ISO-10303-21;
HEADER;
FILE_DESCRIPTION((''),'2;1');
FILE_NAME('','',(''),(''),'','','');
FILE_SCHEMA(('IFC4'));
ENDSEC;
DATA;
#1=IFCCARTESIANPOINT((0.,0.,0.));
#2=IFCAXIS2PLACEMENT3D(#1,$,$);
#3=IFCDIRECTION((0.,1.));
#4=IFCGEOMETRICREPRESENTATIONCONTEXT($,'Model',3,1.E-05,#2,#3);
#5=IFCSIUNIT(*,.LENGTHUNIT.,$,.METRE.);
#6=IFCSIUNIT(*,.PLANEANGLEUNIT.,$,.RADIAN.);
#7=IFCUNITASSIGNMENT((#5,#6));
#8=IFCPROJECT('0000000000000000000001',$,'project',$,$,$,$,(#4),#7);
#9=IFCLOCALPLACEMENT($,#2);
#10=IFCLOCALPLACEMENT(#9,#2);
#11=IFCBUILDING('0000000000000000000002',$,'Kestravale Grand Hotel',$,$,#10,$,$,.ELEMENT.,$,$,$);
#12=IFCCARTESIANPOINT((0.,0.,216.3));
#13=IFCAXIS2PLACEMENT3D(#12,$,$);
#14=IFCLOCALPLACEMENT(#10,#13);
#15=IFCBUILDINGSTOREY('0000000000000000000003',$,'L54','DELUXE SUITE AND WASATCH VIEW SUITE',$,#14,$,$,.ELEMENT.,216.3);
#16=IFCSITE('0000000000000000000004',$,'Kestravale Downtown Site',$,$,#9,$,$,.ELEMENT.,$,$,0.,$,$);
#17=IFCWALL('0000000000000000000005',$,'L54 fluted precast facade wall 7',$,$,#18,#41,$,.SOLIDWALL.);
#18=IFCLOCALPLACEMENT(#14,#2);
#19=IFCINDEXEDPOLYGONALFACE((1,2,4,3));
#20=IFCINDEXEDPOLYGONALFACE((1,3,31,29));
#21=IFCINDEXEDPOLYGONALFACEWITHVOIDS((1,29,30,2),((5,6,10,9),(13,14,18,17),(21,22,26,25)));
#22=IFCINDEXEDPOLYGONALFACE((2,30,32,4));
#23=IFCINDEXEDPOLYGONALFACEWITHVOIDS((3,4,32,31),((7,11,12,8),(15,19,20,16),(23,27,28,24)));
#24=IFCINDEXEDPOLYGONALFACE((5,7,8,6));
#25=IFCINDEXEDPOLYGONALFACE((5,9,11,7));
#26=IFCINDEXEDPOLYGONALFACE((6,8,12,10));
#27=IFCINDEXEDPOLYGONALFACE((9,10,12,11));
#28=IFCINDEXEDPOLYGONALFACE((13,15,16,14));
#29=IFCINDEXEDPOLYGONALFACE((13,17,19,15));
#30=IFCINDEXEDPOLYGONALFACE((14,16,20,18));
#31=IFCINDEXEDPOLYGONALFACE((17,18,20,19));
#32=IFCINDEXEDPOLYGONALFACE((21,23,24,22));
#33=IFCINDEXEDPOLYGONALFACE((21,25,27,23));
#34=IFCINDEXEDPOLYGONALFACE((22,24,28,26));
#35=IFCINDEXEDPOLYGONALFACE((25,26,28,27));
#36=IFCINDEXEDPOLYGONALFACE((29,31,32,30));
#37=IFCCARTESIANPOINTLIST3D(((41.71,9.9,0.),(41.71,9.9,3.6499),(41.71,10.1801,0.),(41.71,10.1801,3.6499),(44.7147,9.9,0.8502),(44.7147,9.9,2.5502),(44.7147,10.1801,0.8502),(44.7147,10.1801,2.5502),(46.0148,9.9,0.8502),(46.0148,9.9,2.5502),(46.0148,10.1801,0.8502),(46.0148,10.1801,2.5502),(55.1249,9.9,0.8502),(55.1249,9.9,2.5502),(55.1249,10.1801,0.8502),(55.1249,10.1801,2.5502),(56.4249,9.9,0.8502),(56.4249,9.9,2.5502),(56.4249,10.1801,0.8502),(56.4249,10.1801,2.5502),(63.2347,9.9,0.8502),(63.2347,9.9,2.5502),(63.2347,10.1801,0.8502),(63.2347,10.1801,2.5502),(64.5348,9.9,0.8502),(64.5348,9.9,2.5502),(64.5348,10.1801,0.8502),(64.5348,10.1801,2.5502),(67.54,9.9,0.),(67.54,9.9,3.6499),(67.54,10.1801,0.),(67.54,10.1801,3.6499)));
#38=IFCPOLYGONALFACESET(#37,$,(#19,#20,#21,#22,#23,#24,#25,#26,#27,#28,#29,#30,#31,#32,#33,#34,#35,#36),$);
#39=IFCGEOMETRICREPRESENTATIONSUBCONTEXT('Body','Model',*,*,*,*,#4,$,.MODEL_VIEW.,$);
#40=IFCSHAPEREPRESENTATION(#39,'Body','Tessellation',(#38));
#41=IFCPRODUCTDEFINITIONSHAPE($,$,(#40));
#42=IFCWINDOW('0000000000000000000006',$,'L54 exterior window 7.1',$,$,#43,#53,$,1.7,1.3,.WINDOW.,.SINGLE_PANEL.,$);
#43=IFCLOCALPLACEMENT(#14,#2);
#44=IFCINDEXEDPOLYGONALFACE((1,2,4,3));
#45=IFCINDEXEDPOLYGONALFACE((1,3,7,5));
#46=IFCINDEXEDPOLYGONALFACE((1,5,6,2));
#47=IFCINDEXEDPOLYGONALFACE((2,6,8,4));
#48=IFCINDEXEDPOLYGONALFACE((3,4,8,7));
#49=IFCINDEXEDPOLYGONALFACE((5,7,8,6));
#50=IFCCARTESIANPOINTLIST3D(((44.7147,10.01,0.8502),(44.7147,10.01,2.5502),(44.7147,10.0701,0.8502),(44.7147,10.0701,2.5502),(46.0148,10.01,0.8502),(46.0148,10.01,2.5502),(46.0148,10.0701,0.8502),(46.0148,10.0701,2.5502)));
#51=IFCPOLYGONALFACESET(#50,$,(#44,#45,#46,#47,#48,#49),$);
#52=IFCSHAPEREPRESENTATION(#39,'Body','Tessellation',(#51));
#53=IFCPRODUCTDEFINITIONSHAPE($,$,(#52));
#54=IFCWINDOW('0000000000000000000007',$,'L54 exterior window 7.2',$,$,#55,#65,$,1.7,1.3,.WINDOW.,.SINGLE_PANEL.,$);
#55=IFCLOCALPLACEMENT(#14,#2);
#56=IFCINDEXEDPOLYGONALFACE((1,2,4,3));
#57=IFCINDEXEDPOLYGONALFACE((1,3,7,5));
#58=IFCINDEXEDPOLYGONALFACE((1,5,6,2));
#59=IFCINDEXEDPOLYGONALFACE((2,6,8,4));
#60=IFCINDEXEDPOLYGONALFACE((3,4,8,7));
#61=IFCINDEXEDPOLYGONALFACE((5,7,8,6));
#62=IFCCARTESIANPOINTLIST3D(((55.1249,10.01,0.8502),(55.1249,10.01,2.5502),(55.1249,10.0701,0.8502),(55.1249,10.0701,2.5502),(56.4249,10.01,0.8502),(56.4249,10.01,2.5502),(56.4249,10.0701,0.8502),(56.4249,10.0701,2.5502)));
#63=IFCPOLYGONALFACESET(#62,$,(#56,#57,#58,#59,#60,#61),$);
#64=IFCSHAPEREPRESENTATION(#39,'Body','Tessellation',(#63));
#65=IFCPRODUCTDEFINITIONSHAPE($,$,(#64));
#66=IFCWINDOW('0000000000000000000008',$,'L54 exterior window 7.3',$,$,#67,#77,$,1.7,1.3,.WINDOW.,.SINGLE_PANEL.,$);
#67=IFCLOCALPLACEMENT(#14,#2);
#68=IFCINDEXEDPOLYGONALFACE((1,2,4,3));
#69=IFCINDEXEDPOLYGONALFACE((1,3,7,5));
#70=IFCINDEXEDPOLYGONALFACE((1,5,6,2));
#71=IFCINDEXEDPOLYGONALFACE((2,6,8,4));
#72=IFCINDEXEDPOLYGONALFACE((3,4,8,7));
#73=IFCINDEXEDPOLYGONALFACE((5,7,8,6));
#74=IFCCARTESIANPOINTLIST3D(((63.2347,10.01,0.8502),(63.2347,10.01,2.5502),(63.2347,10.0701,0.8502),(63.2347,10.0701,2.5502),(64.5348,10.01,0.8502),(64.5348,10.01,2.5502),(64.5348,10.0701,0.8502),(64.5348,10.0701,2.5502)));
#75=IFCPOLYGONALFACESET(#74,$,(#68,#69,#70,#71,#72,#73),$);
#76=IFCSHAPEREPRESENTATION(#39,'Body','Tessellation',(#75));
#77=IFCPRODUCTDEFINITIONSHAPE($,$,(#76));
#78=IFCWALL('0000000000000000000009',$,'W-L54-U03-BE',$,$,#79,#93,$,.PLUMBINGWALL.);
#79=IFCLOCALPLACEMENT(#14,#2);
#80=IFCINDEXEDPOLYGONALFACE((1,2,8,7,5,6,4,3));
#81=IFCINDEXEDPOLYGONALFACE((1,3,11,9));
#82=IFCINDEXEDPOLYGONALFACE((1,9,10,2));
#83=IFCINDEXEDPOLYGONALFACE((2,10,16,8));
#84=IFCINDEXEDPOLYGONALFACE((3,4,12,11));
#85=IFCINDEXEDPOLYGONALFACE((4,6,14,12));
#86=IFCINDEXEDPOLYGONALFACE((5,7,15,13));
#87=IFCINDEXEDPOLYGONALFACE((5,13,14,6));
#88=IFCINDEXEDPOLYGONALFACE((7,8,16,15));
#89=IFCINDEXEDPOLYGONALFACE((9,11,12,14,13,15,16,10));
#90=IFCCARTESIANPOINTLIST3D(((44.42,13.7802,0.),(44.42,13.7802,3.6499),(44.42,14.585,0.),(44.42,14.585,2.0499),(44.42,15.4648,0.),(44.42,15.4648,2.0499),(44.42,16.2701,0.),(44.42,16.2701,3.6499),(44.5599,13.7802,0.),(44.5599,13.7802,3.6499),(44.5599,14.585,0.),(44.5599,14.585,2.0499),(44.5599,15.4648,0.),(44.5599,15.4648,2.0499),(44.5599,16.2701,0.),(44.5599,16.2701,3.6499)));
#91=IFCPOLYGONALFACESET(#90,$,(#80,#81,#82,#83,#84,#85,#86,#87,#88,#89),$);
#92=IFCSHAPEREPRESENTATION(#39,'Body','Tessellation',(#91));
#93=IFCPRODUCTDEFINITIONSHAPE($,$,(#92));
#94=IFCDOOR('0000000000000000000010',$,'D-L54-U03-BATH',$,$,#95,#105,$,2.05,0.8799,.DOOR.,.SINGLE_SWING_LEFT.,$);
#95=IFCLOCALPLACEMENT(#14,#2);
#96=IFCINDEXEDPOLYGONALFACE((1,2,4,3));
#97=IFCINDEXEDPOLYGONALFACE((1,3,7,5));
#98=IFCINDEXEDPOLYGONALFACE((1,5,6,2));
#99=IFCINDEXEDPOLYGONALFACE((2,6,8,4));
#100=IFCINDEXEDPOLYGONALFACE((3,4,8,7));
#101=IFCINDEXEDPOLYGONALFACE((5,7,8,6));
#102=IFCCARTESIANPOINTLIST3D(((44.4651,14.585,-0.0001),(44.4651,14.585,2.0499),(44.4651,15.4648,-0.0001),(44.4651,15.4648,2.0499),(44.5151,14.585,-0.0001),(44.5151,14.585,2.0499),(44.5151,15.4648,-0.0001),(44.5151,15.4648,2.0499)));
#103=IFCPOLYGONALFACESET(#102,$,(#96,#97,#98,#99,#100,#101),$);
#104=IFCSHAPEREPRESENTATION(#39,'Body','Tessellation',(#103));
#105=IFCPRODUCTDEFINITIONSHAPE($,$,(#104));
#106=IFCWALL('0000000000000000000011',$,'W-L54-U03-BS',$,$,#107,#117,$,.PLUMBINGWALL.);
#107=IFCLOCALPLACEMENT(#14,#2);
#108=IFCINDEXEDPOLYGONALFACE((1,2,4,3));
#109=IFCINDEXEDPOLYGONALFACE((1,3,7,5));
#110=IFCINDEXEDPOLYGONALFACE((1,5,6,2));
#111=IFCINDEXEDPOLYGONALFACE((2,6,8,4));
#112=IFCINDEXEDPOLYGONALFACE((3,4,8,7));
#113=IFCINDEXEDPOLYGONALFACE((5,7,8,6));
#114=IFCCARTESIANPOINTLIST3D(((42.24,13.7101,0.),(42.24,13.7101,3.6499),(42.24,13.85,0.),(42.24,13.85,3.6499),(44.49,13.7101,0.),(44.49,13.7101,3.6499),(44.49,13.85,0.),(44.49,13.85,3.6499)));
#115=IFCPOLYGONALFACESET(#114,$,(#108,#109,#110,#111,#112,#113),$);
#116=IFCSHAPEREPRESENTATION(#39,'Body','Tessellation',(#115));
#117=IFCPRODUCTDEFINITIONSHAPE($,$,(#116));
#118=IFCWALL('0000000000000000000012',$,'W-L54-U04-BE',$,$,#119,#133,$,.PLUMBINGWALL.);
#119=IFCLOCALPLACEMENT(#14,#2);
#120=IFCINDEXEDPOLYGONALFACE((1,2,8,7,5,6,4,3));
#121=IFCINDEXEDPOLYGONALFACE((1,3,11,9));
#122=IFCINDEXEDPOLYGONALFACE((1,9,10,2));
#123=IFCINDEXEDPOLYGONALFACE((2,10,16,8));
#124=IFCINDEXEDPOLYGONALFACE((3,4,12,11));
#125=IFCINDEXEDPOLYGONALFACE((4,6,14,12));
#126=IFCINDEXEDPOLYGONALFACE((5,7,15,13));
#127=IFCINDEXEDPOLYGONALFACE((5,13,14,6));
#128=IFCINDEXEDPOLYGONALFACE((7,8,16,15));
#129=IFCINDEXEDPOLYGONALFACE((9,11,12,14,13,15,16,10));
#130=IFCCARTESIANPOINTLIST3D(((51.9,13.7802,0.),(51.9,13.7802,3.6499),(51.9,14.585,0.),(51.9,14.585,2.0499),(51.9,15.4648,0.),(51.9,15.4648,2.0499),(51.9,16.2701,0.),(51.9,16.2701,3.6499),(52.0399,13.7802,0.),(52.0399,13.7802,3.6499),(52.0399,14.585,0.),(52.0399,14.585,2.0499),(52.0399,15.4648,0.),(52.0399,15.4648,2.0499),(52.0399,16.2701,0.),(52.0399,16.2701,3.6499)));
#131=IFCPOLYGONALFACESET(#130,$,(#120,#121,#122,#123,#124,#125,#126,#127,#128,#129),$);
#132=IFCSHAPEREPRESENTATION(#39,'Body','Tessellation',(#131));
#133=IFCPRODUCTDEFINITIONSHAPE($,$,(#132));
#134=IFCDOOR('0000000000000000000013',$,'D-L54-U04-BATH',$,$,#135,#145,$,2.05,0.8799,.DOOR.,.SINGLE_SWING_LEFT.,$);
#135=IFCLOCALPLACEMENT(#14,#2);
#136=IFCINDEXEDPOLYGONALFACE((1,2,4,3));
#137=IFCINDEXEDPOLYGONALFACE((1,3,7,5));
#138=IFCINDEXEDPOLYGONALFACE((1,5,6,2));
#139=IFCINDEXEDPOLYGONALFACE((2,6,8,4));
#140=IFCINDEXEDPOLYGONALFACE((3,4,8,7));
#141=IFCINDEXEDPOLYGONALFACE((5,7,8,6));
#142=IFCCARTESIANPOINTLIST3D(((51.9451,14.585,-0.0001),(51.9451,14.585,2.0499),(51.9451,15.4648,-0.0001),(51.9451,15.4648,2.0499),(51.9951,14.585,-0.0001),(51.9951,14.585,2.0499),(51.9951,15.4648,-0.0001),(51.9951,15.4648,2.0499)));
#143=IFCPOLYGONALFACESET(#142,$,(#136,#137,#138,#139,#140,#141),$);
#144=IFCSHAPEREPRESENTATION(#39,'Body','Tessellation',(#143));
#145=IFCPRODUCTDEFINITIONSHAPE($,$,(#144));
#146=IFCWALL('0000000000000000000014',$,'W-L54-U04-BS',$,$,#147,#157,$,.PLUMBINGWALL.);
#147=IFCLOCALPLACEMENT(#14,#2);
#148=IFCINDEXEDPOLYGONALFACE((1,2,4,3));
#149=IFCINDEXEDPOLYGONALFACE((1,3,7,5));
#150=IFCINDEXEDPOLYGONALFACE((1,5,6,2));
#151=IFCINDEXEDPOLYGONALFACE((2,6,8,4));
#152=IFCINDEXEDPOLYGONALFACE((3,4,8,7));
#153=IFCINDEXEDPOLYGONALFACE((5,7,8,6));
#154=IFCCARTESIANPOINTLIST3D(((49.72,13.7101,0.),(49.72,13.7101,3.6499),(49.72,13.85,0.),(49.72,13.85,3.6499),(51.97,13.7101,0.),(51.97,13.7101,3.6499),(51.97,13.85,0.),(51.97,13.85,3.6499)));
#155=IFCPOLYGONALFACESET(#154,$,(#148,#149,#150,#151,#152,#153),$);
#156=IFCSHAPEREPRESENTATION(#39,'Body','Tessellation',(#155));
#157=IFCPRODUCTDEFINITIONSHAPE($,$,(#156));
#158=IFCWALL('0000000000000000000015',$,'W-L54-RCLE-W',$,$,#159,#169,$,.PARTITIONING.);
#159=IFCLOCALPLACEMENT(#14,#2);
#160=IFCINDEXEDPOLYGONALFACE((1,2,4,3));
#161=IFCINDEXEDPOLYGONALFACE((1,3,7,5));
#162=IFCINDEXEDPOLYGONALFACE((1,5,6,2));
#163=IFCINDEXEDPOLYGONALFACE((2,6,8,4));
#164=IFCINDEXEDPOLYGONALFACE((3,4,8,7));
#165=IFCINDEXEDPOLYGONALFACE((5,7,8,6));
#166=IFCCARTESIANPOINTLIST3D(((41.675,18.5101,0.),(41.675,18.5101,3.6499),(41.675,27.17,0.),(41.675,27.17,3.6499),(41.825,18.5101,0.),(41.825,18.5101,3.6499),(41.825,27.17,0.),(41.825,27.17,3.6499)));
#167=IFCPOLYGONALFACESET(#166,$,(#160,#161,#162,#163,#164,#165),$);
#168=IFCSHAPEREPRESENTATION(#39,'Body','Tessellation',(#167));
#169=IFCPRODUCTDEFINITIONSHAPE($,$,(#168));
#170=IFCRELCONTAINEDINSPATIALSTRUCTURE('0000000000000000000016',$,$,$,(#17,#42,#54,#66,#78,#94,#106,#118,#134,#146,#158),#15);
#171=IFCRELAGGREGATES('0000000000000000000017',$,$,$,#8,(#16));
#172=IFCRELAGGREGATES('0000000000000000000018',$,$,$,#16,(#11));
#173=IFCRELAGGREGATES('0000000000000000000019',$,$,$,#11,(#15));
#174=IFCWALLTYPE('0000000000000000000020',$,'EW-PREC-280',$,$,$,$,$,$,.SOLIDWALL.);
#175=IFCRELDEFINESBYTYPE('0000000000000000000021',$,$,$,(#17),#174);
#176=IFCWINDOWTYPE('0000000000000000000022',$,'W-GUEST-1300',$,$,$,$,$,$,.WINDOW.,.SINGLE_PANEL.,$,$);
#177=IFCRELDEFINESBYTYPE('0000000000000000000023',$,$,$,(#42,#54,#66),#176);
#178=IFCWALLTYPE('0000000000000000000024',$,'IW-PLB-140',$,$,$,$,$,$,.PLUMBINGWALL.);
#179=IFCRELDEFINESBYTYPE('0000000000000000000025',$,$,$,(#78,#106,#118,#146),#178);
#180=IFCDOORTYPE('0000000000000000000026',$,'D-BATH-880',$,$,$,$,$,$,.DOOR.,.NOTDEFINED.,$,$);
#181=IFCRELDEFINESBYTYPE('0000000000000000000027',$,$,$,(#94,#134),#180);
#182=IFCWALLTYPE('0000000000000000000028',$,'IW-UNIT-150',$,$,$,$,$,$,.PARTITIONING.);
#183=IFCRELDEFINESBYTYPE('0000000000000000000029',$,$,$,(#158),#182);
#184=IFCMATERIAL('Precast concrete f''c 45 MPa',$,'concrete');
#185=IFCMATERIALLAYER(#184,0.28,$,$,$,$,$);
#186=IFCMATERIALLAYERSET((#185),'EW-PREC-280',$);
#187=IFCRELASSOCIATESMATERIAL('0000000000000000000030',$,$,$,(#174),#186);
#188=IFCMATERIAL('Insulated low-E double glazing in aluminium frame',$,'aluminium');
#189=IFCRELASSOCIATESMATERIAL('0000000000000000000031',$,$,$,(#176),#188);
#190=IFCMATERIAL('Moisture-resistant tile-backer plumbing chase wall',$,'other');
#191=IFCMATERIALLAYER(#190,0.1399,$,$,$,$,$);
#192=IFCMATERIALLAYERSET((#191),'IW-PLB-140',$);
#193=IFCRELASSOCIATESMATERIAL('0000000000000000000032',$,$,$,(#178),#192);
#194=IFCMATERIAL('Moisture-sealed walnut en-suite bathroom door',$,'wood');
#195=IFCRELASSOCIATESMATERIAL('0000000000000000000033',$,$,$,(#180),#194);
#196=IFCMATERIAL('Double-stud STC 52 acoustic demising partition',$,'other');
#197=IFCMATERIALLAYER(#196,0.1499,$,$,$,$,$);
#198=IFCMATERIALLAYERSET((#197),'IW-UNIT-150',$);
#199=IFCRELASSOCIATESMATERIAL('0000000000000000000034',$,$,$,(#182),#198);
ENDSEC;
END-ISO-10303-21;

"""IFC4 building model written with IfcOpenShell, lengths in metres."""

from ifc_helpers import new_model, si_unit, direction, frame, frame_2d, origin, place, context, subcontext, project, spatial, rectangle, extrude, material, layer, layer_set, type_object, element, fill, save


model = new_model("IFC4")

# Units and contexts
model_context = context("Model", 3, precision=1e-05, world=origin(), true_north=direction((0.0, 1.0)))
body_context = subcontext(model_context, "Body", "Model", "MODEL_VIEW")
ifc_project = project(units=[si_unit("LENGTHUNIT", "METRE"), si_unit("PLANEANGLEUNIT", "RADIAN")], contexts=[model_context])

# Site, building, storey
site_placement = place(None, origin())
site = spatial("IfcSite", under=ifc_project, at=site_placement, Name="Kestravale Downtown Site", CompositionType="ELEMENT", RefElevation=0.0)
building_placement = place(site_placement, origin())
building = spatial("IfcBuilding", under=site, at=building_placement, Name="Kestravale Grand Hotel", CompositionType="ELEMENT")
storey_placement = place(building_placement, frame((0.0, 0.0, 216.3)))
storey = spatial("IfcBuildingStorey", under=building, at=storey_placement, Name="L54", Description="DELUXE SUITE AND WASATCH VIEW SUITE", CompositionType="ELEMENT", Elevation=216.3)

# Shared definitions
ifc_material_1 = material(Name="Precast concrete f'c 45 MPa", Category="concrete")
ifc_layer_1 = layer(ifc_material_1, 0.28)
ifc_layer_set_1 = layer_set([ifc_layer_1], Name="EW-PREC-280")
wall_type_1 = type_object("IfcWallType", Name="EW-PREC-280", PredefinedType="SOLIDWALL", material=ifc_layer_set_1)
ifc_material_2 = material(Name="Insulated low-E double glazing in aluminium frame", Category="aluminium")
window_type = type_object("IfcWindowType", Name="W-GUEST-1300", PartitioningType="SINGLE_PANEL", PredefinedType="WINDOW", material=ifc_material_2)

# Wall, openings, windows
wall_1_placement = place(storey_placement, frame((41.71, 10.04, 0.0), z_axis=(0.0, 0.0, 1.0), x_axis=(1.0, 0.0, 0.0)))
wall_1 = element("IfcWall", 1, at=wall_1_placement, inside=storey, type_object=wall_type_1, Name="L54 fluted precast facade wall 7", PredefinedType="SOLIDWALL", context=body_context, shape_type="SweptSolid", body=[
    extrude(rectangle(XDim=25.8301, YDim=0.28, at=frame_2d((12.915, 0.0))), origin(), (0.0, 0.0, 1.0), 3.6499),
])
opening_1_placement = place(wall_1_placement, frame((3.0049, 0.0, 0.8501)))
opening_1 = element("IfcOpeningElement", 2, at=opening_1_placement, cuts=wall_1, PredefinedType="OPENING", context=body_context, shape_type="SweptSolid", body=[
    extrude(rectangle(XDim=1.3, YDim=1.7, at=frame_2d((0.6499, 0.8501))), frame((0.0, 0.1499, 0.0), z_axis=(0.0, -1.0, 0.0), x_axis=(1.0, 0.0, 0.0)), (0.0, 0.0, 1.0), 0.3),
])
opening_2_placement = place(wall_1_placement, frame((13.415, 0.0, 0.8501)))
opening_2 = element("IfcOpeningElement", 3, at=opening_2_placement, cuts=wall_1, PredefinedType="OPENING", context=body_context, shape_type="SweptSolid", body=[
    extrude(rectangle(XDim=1.3, YDim=1.7, at=frame_2d((0.6499, 0.8501))), frame((0.0, 0.1499, 0.0), z_axis=(0.0, -1.0, 0.0), x_axis=(1.0, 0.0, 0.0)), (0.0, 0.0, 1.0), 0.3),
])
opening_3_placement = place(wall_1_placement, frame((21.5249, 0.0, 0.8501)))
opening_3 = element("IfcOpeningElement", 4, at=opening_3_placement, cuts=wall_1, PredefinedType="OPENING", context=body_context, shape_type="SweptSolid", body=[
    extrude(rectangle(XDim=1.3, YDim=1.7, at=frame_2d((0.6499, 0.8501))), frame((0.0, 0.1499, 0.0), z_axis=(0.0, -1.0, 0.0), x_axis=(1.0, 0.0, 0.0)), (0.0, 0.0, 1.0), 0.3),
])
window_1_placement = place(opening_1_placement, origin())
window_1 = element("IfcWindow", 5, at=window_1_placement, inside=storey, type_object=window_type, Name="L54 exterior window 7.1", OverallHeight=1.7, OverallWidth=1.3, PartitioningType="SINGLE_PANEL", PredefinedType="WINDOW", context=body_context, shape_type="SweptSolid", body=[
    extrude(rectangle(XDim=1.3, YDim=1.7, at=frame_2d((0.6499, 0.8501))), frame((0.0, 0.03, 0.0), z_axis=(0.0, -1.0, 0.0), x_axis=(1.0, 0.0, 0.0)), (0.0, 0.0, 1.0), 0.0601),
])
fill(opening_1, window_1)
window_2_placement = place(opening_2_placement, origin())
window_2 = element("IfcWindow", 6, at=window_2_placement, inside=storey, type_object=window_type, Name="L54 exterior window 7.2", OverallHeight=1.7, OverallWidth=1.3, PartitioningType="SINGLE_PANEL", PredefinedType="WINDOW", context=body_context, shape_type="SweptSolid", body=[
    extrude(rectangle(XDim=1.3, YDim=1.7, at=frame_2d((0.6499, 0.8501))), frame((0.0, 0.03, 0.0), z_axis=(0.0, -1.0, 0.0), x_axis=(1.0, 0.0, 0.0)), (0.0, 0.0, 1.0), 0.0601),
])
fill(opening_2, window_2)
window_3_placement = place(opening_3_placement, origin())
window_3 = element("IfcWindow", 7, at=window_3_placement, inside=storey, type_object=window_type, Name="L54 exterior window 7.3", OverallHeight=1.7, OverallWidth=1.3, PartitioningType="SINGLE_PANEL", PredefinedType="WINDOW", context=body_context, shape_type="SweptSolid", body=[
    extrude(rectangle(XDim=1.3, YDim=1.7, at=frame_2d((0.6499, 0.8501))), frame((0.0, 0.03, 0.0), z_axis=(0.0, -1.0, 0.0), x_axis=(1.0, 0.0, 0.0)), (0.0, 0.0, 1.0), 0.0601),
])
fill(opening_3, window_3)

# Wall, opening, door
ifc_material_3 = material(Name="Moisture-resistant tile-backer plumbing chase wall", Category="other")
ifc_layer_2 = layer(ifc_material_3, 0.1399)
ifc_layer_set_2 = layer_set([ifc_layer_2], Name="IW-PLB-140")
wall_type_2 = type_object("IfcWallType", Name="IW-PLB-140", PredefinedType="PLUMBINGWALL", material=ifc_layer_set_2)
wall_2_placement = place(storey_placement, frame((44.49, 13.78, 0.0), z_axis=(0.0, 0.0, 1.0), x_axis=(0.0, 1.0, 0.0)))
wall_2 = element("IfcWall", 8, at=wall_2_placement, inside=storey, type_object=wall_type_2, Name="W-L54-U03-BE", PredefinedType="PLUMBINGWALL", context=body_context, shape_type="SweptSolid", body=[
    extrude(rectangle(XDim=2.49, YDim=0.1399, at=frame_2d((1.2451, 0.0))), origin(), (0.0, 0.0, 1.0), 3.6499),
])
opening_4_placement = place(wall_2_placement, frame((0.8049, 0.0, 0.0)))
opening_4 = element("IfcOpeningElement", 9, at=opening_4_placement, cuts=wall_2, PredefinedType="OPENING", context=body_context, shape_type="SweptSolid", body=[
    extrude(rectangle(XDim=0.8799, YDim=2.05, at=frame_2d((0.4399, 1.0249))), frame((0.0, 0.0798, 0.0), z_axis=(0.0, -1.0, 0.0), x_axis=(1.0, 0.0, 0.0)), (0.0, 0.0, 1.0), 0.1599),
])
ifc_material_4 = material(Name="Moisture-sealed walnut en-suite bathroom door", Category="wood")
door_type = type_object("IfcDoorType", Name="D-BATH-880", OperationType="NOTDEFINED", PredefinedType="DOOR", material=ifc_material_4)
door_1_placement = place(opening_4_placement, origin())
door_1 = element("IfcDoor", 10, at=door_1_placement, inside=storey, type_object=door_type, Name="D-L54-U03-BATH", OperationType="SINGLE_SWING_LEFT", OverallHeight=2.05, OverallWidth=0.8799, PredefinedType="DOOR", context=body_context, shape_type="SweptSolid", body=[
    extrude(rectangle(XDim=0.8799, YDim=2.05, at=frame_2d((0.4399, 1.0249))), frame((0.0, 0.0249, 0.0), z_axis=(0.0, -1.0, 0.0), x_axis=(1.0, 0.0, 0.0)), (0.0, 0.0, 1.0), 0.05),
])
fill(opening_4, door_1)

# Wall
wall_3_placement = place(storey_placement, frame((42.24, 13.78, 0.0), z_axis=(0.0, 0.0, 1.0), x_axis=(1.0, 0.0, 0.0)))
element("IfcWall", 11, at=wall_3_placement, inside=storey, type_object=wall_type_2, Name="W-L54-U03-BS", PredefinedType="PLUMBINGWALL", context=body_context, shape_type="SweptSolid", body=[
    extrude(rectangle(XDim=2.25, YDim=0.1399, at=frame_2d((1.125, 0.0))), origin(), (0.0, 0.0, 1.0), 3.6499),
])

# Wall, opening, door
wall_4_placement = place(storey_placement, frame((51.97, 13.78, 0.0), z_axis=(0.0, 0.0, 1.0), x_axis=(0.0, 1.0, 0.0)))
wall_4 = element("IfcWall", 12, at=wall_4_placement, inside=storey, type_object=wall_type_2, Name="W-L54-U04-BE", PredefinedType="PLUMBINGWALL", context=body_context, shape_type="SweptSolid", body=[
    extrude(rectangle(XDim=2.49, YDim=0.1399, at=frame_2d((1.2451, 0.0))), origin(), (0.0, 0.0, 1.0), 3.6499),
])
opening_5_placement = place(wall_4_placement, frame((0.8049, 0.0, 0.0)))
opening_5 = element("IfcOpeningElement", 13, at=opening_5_placement, cuts=wall_4, PredefinedType="OPENING", context=body_context, shape_type="SweptSolid", body=[
    extrude(rectangle(XDim=0.8799, YDim=2.05, at=frame_2d((0.4399, 1.0249))), frame((0.0, 0.0798, 0.0), z_axis=(0.0, -1.0, 0.0), x_axis=(1.0, 0.0, 0.0)), (0.0, 0.0, 1.0), 0.1599),
])
door_2_placement = place(opening_5_placement, origin())
door_2 = element("IfcDoor", 14, at=door_2_placement, inside=storey, type_object=door_type, Name="D-L54-U04-BATH", OperationType="SINGLE_SWING_LEFT", OverallHeight=2.05, OverallWidth=0.8799, PredefinedType="DOOR", context=body_context, shape_type="SweptSolid", body=[
    extrude(rectangle(XDim=0.8799, YDim=2.05, at=frame_2d((0.4399, 1.0249))), frame((0.0, 0.0249, 0.0), z_axis=(0.0, -1.0, 0.0), x_axis=(1.0, 0.0, 0.0)), (0.0, 0.0, 1.0), 0.05),
])
fill(opening_5, door_2)

# Walls
wall_5_placement = place(storey_placement, frame((49.72, 13.78, 0.0), z_axis=(0.0, 0.0, 1.0), x_axis=(1.0, 0.0, 0.0)))
element("IfcWall", 15, at=wall_5_placement, inside=storey, type_object=wall_type_2, Name="W-L54-U04-BS", PredefinedType="PLUMBINGWALL", context=body_context, shape_type="SweptSolid", body=[
    extrude(rectangle(XDim=2.25, YDim=0.1399, at=frame_2d((1.125, 0.0))), origin(), (0.0, 0.0, 1.0), 3.6499),
])
ifc_material_5 = material(Name="Double-stud STC 52 acoustic demising partition", Category="other")
ifc_layer_3 = layer(ifc_material_5, 0.1499)
ifc_layer_set_3 = layer_set([ifc_layer_3], Name="IW-UNIT-150")
wall_type_3 = type_object("IfcWallType", Name="IW-UNIT-150", PredefinedType="PARTITIONING", material=ifc_layer_set_3)
wall_6_placement = place(storey_placement, frame((41.75, 18.51, 0.0), z_axis=(0.0, 0.0, 1.0), x_axis=(0.0, 1.0, 0.0)))
element("IfcWall", 16, at=wall_6_placement, inside=storey, type_object=wall_type_3, Name="W-L54-RCLE-W", PredefinedType="PARTITIONING", context=body_context, shape_type="SweptSolid", body=[
    extrude(rectangle(XDim=8.6599, YDim=0.1499, at=frame_2d((4.3301, 0.0))), origin(), (0.0, 0.0, 1.0), 3.6499),
])

save(model, "model.ifc")
